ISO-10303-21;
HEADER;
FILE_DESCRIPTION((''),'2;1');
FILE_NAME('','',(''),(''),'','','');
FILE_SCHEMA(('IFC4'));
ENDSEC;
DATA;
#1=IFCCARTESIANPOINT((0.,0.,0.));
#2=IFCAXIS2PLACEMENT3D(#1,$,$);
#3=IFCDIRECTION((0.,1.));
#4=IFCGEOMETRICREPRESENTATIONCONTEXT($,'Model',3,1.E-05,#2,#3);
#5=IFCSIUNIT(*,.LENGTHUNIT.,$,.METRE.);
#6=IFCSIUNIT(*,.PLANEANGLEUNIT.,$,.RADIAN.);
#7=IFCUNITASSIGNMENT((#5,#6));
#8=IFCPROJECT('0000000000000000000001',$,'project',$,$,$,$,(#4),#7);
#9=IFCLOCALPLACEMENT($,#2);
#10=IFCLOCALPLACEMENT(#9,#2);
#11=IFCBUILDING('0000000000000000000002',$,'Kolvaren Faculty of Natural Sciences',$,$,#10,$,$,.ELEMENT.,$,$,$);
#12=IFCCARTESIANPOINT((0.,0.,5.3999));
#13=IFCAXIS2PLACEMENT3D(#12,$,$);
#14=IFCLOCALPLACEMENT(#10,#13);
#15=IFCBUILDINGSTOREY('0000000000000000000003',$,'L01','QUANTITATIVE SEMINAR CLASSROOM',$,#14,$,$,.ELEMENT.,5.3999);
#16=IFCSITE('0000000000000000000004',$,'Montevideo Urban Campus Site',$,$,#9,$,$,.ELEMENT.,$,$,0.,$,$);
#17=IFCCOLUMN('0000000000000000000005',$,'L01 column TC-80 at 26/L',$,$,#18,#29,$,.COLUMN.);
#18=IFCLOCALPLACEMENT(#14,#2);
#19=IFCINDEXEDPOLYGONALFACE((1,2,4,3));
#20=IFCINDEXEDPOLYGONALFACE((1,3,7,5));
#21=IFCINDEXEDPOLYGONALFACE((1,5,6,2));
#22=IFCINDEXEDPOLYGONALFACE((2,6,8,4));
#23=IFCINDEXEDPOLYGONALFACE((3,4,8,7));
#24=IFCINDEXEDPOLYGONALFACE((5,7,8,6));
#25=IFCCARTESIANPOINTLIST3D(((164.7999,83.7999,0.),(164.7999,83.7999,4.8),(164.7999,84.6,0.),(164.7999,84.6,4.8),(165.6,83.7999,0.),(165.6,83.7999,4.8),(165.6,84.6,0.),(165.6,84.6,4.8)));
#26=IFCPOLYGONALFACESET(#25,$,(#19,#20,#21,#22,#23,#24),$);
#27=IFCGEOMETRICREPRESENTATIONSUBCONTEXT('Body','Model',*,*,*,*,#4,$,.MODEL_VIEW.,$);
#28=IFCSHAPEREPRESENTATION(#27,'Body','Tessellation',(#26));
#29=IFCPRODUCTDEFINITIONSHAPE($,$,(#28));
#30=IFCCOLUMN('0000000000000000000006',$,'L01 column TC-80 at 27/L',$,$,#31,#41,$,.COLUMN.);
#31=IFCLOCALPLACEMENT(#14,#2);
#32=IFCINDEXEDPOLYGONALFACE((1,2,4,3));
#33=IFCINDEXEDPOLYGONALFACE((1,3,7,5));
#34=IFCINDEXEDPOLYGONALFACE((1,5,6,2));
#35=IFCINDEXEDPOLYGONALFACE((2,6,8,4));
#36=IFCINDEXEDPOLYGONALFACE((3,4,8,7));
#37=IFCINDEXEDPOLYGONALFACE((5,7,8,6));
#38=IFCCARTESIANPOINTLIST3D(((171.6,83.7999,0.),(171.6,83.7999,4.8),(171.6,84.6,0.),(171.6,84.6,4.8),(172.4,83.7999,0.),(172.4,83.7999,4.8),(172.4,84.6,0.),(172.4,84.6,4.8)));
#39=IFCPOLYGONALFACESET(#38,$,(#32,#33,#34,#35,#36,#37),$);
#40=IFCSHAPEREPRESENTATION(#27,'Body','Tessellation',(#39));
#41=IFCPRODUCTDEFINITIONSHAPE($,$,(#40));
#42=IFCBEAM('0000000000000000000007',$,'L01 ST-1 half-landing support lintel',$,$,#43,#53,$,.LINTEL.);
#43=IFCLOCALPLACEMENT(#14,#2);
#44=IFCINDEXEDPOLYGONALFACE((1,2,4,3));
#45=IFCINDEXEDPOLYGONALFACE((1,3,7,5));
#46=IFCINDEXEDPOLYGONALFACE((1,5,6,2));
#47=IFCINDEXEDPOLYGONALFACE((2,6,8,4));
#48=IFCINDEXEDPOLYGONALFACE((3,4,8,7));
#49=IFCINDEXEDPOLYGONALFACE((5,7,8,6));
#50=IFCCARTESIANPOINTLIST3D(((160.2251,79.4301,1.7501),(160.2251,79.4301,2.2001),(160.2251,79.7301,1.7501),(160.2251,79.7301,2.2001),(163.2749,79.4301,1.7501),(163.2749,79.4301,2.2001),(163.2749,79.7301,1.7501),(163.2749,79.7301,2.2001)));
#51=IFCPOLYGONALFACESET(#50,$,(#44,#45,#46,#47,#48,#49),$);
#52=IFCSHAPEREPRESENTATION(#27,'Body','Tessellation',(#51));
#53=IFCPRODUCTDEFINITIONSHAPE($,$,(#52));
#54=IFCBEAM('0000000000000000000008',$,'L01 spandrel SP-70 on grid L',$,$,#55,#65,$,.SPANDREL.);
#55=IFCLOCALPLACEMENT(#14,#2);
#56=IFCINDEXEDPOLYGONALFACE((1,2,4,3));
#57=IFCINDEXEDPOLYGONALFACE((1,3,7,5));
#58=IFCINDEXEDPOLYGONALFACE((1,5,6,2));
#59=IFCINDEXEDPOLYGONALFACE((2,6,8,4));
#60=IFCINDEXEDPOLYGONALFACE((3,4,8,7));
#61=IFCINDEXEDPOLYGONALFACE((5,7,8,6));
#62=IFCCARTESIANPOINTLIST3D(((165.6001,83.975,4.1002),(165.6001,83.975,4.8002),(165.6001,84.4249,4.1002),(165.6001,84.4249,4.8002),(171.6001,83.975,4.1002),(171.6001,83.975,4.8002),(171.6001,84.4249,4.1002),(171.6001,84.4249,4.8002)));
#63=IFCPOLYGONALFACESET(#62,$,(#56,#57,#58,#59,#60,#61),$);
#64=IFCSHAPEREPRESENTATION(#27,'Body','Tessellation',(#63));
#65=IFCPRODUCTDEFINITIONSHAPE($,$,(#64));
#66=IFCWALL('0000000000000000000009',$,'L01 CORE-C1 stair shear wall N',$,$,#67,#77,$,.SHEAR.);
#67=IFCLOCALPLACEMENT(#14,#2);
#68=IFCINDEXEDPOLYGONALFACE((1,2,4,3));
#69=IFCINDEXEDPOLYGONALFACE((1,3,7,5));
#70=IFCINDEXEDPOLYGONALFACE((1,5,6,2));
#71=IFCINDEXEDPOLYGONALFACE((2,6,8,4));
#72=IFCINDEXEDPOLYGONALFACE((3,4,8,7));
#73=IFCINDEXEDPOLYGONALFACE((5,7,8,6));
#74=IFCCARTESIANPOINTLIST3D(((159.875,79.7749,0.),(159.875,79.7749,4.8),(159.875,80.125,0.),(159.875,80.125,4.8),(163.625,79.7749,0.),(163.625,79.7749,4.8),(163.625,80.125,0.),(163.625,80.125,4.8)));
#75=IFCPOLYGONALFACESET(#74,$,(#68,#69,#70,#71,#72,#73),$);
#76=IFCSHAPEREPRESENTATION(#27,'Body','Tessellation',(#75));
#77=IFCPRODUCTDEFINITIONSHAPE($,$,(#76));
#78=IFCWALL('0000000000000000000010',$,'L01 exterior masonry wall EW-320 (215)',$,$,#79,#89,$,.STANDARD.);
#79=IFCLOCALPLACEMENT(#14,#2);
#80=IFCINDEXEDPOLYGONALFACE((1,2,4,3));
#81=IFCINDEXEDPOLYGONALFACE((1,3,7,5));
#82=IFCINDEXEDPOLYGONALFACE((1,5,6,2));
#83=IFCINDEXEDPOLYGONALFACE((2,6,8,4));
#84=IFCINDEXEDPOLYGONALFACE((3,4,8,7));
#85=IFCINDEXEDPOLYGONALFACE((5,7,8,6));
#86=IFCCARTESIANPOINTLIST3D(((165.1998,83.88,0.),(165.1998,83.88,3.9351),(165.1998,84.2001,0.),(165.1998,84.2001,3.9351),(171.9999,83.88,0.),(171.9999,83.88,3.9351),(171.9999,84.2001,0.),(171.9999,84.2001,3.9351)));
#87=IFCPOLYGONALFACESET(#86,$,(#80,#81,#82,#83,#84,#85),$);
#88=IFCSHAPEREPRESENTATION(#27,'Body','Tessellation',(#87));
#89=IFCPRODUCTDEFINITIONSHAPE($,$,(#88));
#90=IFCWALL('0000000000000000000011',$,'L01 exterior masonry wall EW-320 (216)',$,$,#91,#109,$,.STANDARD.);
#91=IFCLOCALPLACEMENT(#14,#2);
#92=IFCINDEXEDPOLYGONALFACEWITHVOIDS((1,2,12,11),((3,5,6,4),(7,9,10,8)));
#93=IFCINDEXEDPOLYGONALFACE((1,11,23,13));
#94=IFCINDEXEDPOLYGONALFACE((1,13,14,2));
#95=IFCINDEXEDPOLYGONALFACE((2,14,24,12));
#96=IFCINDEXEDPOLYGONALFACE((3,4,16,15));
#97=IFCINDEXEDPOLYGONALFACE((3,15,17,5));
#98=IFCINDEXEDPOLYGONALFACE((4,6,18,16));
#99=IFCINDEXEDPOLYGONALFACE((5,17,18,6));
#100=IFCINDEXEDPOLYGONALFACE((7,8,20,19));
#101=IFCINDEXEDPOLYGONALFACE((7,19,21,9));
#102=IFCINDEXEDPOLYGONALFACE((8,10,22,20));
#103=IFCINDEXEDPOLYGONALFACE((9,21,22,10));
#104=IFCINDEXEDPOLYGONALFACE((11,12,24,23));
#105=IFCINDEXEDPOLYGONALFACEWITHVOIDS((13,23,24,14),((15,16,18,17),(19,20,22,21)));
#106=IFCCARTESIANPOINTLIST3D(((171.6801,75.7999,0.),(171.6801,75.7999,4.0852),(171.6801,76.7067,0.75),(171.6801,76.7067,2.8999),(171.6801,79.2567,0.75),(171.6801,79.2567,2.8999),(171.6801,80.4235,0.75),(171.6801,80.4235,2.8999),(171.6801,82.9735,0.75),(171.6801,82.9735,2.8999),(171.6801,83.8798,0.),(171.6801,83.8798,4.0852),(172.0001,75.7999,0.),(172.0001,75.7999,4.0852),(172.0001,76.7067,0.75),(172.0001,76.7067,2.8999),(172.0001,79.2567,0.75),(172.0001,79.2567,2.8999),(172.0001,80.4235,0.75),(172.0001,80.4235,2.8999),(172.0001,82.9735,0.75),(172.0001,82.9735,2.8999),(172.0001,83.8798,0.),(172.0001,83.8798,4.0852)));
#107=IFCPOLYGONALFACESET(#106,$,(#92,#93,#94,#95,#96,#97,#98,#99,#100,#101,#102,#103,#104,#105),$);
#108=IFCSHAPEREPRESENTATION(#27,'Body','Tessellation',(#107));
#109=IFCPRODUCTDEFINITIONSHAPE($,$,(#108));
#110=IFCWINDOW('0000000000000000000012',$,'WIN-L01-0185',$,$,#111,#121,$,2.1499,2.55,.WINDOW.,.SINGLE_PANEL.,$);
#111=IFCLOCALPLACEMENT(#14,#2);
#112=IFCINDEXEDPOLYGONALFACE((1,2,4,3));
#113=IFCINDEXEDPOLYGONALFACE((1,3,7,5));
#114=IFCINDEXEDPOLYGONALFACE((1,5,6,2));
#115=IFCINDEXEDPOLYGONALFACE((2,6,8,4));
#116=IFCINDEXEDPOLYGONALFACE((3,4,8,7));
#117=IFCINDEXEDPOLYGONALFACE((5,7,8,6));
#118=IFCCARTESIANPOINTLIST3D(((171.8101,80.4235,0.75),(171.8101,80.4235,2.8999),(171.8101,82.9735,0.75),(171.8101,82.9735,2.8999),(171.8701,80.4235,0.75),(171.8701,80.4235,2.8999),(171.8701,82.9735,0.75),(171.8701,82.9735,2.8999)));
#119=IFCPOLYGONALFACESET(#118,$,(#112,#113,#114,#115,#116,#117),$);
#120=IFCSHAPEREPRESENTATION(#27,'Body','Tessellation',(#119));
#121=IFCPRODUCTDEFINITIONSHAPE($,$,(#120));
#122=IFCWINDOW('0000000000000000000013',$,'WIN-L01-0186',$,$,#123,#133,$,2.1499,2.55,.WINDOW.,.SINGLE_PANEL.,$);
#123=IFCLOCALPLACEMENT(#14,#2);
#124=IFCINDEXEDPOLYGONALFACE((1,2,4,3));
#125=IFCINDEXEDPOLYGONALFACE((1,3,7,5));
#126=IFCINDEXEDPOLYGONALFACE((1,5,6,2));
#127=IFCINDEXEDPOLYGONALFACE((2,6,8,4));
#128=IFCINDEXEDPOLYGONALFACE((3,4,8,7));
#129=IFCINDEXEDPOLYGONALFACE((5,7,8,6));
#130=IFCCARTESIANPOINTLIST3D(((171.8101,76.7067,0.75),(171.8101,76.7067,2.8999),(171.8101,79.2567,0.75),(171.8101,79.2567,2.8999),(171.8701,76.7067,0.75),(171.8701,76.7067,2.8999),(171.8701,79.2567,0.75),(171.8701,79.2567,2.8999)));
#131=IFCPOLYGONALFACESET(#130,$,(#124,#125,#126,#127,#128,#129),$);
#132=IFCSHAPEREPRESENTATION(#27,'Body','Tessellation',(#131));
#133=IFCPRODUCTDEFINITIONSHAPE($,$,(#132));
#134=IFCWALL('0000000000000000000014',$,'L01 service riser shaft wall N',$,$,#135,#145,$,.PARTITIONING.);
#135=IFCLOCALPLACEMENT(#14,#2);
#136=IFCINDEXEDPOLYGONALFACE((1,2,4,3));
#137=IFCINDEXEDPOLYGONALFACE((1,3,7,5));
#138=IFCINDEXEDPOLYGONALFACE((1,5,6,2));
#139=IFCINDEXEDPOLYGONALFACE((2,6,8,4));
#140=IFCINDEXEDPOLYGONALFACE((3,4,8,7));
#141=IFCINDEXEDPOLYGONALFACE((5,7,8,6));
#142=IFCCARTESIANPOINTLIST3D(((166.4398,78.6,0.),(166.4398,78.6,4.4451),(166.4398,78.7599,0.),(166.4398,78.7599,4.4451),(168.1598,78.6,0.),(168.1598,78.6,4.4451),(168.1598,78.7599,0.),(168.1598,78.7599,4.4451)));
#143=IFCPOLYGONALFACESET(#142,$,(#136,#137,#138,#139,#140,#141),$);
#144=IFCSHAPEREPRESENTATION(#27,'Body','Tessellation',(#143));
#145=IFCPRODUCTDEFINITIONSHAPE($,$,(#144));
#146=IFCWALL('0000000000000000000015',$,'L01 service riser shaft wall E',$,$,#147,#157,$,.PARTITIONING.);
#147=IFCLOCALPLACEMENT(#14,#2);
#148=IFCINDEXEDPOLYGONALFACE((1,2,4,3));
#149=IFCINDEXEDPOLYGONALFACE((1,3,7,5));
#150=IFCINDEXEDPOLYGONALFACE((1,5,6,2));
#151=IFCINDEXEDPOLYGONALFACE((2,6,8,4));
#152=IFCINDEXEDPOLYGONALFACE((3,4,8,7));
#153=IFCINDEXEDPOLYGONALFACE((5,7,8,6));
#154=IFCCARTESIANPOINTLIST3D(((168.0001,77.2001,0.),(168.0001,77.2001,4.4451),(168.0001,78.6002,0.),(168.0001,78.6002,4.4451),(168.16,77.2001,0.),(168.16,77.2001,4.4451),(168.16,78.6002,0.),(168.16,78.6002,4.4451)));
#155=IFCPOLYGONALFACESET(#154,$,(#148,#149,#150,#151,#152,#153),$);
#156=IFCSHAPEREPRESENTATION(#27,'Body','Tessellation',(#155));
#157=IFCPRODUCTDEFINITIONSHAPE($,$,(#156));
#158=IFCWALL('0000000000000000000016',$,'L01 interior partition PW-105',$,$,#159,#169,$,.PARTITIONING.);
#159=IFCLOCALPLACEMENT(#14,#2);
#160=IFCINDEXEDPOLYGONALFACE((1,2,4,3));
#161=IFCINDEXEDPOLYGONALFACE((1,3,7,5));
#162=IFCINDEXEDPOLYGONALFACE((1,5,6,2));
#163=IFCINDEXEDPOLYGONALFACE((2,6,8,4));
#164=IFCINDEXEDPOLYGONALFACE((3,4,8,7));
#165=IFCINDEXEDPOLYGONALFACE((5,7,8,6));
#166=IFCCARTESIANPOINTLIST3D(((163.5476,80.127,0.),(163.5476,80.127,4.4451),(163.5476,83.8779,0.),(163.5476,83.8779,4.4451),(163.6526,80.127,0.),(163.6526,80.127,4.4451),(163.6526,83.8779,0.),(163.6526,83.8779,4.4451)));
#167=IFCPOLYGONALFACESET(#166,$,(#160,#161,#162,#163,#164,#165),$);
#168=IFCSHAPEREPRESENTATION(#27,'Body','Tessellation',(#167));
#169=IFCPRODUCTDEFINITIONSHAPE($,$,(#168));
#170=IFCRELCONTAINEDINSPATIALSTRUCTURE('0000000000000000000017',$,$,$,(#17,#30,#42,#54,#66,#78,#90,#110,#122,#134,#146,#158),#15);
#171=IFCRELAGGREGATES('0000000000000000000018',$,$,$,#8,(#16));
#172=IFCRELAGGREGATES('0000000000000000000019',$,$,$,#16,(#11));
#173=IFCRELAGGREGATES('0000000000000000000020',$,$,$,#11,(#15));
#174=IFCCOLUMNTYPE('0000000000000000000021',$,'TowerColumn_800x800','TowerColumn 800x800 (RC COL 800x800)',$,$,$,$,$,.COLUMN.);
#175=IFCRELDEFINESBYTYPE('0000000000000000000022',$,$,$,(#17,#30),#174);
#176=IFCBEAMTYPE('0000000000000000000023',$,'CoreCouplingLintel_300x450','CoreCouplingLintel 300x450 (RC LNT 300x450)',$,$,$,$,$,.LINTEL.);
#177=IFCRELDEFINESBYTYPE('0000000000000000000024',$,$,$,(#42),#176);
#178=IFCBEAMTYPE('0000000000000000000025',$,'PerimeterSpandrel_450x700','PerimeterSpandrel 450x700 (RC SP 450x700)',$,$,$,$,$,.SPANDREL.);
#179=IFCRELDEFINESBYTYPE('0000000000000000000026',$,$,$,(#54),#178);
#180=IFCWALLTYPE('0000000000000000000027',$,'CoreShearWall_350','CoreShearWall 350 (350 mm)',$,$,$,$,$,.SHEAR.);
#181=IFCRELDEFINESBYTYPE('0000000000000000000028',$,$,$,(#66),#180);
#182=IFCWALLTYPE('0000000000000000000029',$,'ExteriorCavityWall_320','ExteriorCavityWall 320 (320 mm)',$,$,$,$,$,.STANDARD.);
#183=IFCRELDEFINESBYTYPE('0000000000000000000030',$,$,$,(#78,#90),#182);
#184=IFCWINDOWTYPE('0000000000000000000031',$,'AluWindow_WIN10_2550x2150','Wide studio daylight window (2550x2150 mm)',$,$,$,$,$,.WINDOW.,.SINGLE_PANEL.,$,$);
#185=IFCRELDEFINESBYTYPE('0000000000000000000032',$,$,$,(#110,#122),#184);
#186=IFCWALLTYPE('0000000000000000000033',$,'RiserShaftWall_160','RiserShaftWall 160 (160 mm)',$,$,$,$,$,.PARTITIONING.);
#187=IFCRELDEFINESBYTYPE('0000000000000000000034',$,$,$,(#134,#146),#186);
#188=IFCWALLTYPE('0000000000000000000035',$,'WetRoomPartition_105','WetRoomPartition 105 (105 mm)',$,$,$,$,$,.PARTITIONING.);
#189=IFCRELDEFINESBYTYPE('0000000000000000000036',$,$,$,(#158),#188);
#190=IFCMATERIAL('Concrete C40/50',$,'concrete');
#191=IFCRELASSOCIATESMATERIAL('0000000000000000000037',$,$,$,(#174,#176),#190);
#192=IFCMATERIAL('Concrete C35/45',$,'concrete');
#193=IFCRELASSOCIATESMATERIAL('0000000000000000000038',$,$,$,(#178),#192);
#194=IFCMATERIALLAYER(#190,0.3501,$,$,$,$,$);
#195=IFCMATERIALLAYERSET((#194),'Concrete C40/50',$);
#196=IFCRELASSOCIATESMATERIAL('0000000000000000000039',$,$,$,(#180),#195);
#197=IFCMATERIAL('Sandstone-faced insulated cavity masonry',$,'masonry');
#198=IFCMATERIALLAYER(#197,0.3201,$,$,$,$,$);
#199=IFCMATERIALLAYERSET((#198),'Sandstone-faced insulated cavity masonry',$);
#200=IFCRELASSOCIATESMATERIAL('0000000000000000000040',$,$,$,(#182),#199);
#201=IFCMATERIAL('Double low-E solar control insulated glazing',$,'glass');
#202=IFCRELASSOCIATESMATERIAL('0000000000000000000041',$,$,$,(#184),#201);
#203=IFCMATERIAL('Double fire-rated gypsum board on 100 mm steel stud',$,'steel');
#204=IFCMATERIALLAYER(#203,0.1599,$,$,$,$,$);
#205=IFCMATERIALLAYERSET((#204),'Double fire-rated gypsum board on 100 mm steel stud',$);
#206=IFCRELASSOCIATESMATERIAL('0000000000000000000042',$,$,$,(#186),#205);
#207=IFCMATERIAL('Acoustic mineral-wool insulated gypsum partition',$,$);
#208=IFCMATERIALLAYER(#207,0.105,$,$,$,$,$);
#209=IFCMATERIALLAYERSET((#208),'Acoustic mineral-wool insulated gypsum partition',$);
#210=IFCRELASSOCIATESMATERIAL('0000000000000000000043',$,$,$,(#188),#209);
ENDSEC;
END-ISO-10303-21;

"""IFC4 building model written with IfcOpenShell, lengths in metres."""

from ifc_helpers import new_model, si_unit, direction, frame, frame_2d, origin, origin_2d, place, context, subcontext, project, spatial, rectangle, extrude, material, layer, layer_set, material_profile, profile_set, type_object, element, fill, save


model = new_model("IFC4")

# Units and contexts
model_context = context("Model", 3, precision=1e-05, world=origin(), true_north=direction((0.0, 1.0)))
body_context = subcontext(model_context, "Body", "Model", "MODEL_VIEW")
ifc_project = project(units=[si_unit("LENGTHUNIT", "METRE"), si_unit("PLANEANGLEUNIT", "RADIAN")], contexts=[model_context])

# Site, building, storey
site_placement = place(None, origin())
site = spatial("IfcSite", under=ifc_project, at=site_placement, Name="Montevideo Urban Campus Site", CompositionType="ELEMENT", RefElevation=0.0)
building_placement = place(site_placement, origin())
building = spatial("IfcBuilding", under=site, at=building_placement, Name="Kolvaren Faculty of Natural Sciences", CompositionType="ELEMENT")
storey_placement = place(building_placement, frame((0.0, 0.0, 5.3999)))
storey = spatial("IfcBuildingStorey", under=building, at=storey_placement, Name="L01", Description="QUANTITATIVE SEMINAR CLASSROOM", CompositionType="ELEMENT", Elevation=5.3999)

# Columns
ifc_material_1 = material(Name="Concrete C40/50", Category="concrete")
ifc_material_profile_1 = material_profile(ifc_material_1, rectangle(XDim=0.8, YDim=0.8, at=origin_2d()), Name="RC COL 800x800")
ifc_profile_set_1 = profile_set([ifc_material_profile_1], Name="Concrete C40/50")
column_type = type_object("IfcColumnType", Name="TowerColumn_800x800", Description="TowerColumn 800x800 (RC COL 800x800)", PredefinedType="COLUMN", material=ifc_profile_set_1)
for number, where, z_axis, x_axis, name in (
    (1, (165.2, 84.2, 0.0), (0.0, 0.0, 1.0), (1.0, 0.0, 0.0), "L01 column TC-80 at 26/L"),
    (2, (172.0, 84.2, 0.0), (0.0, 0.0, 1.0), (1.0, 0.0, 0.0), "L01 column TC-80 at 27/L"),
):
    element("IfcColumn", number, at=place(storey_placement, frame(where, z_axis=z_axis, x_axis=x_axis)), inside=storey, type_object=column_type, Name=name, PredefinedType="COLUMN", context=body_context, shape_type="SweptSolid", body=[
        extrude(rectangle(XDim=0.8, YDim=0.8, at=origin_2d()), origin(), (0.0, 0.0, 1.0), 4.8),
    ])

# Beams
ifc_material_profile_2 = material_profile(ifc_material_1, rectangle(XDim=0.3, YDim=0.45, at=origin_2d()), Name="RC LNT 300x450")
ifc_profile_set_2 = profile_set([ifc_material_profile_2], Name="Concrete C40/50")
beam_type_1 = type_object("IfcBeamType", Name="CoreCouplingLintel_300x450", Description="CoreCouplingLintel 300x450 (RC LNT 300x450)", PredefinedType="LINTEL", material=ifc_profile_set_2)
beam_1_placement = place(storey_placement, frame((160.2251, 79.5801, 1.9751), z_axis=(1.0, 0.0, 0.0), x_axis=(0.0, 1.0, 0.0)))
element("IfcBeam", 3, at=beam_1_placement, inside=storey, type_object=beam_type_1, Name="L01 ST-1 half-landing support lintel", PredefinedType="LINTEL", context=body_context, shape_type="SweptSolid", body=[
    extrude(rectangle(XDim=0.3, YDim=0.45, at=origin_2d()), origin(), (0.0, 0.0, 1.0), 3.0498),
])
ifc_material_2 = material(Name="Concrete C35/45", Category="concrete")
ifc_material_profile_3 = material_profile(ifc_material_2, rectangle(XDim=0.45, YDim=0.7, at=origin_2d()), Name="RC SP 450x700")
ifc_profile_set_3 = profile_set([ifc_material_profile_3], Name="Concrete C35/45")
beam_type_2 = type_object("IfcBeamType", Name="PerimeterSpandrel_450x700", Description="PerimeterSpandrel 450x700 (RC SP 450x700)", PredefinedType="SPANDREL", material=ifc_profile_set_3)
beam_2_placement = place(storey_placement, frame((165.6001, 84.2, 4.4502), z_axis=(1.0, 0.0, 0.0), x_axis=(0.0, 1.0, 0.0)))
element("IfcBeam", 4, at=beam_2_placement, inside=storey, type_object=beam_type_2, Name="L01 spandrel SP-70 on grid L", PredefinedType="SPANDREL", context=body_context, shape_type="SweptSolid", body=[
    extrude(rectangle(XDim=0.45, YDim=0.7, at=origin_2d()), origin(), (0.0, 0.0, 1.0), 6.0),
])

# Walls
ifc_layer_1 = layer(ifc_material_1, 0.3501)
ifc_layer_set_1 = layer_set([ifc_layer_1], Name="Concrete C40/50")
wall_type_1 = type_object("IfcWallType", Name="CoreShearWall_350", Description="CoreShearWall 350 (350 mm)", PredefinedType="SHEAR", material=ifc_layer_set_1)
wall_1_placement = place(storey_placement, frame((159.875, 79.95, 0.0), z_axis=(0.0, 0.0, 1.0), x_axis=(1.0, 0.0, 0.0)))
element("IfcWall", 5, at=wall_1_placement, inside=storey, type_object=wall_type_1, Name="L01 CORE-C1 stair shear wall N", PredefinedType="SHEAR", context=body_context, shape_type="SweptSolid", body=[
    extrude(rectangle(XDim=3.75, YDim=0.3501, at=frame_2d((1.875, 0.0))), origin(), (0.0, 0.0, 1.0), 4.8),
])
ifc_material_3 = material(Name="Sandstone-faced insulated cavity masonry", Category="masonry")
ifc_layer_2 = layer(ifc_material_3, 0.3201)
ifc_layer_set_2 = layer_set([ifc_layer_2], Name="Sandstone-faced insulated cavity masonry")
wall_type_2 = type_object("IfcWallType", Name="ExteriorCavityWall_320", Description="ExteriorCavityWall 320 (320 mm)", PredefinedType="STANDARD", material=ifc_layer_set_2)
wall_2_placement = place(storey_placement, frame((165.2, 84.04, 0.0), z_axis=(0.0, 0.0, 1.0), x_axis=(1.0, 0.0, 0.0)))
element("IfcWall", 6, at=wall_2_placement, inside=storey, type_object=wall_type_2, Name="L01 exterior masonry wall EW-320 (215)", PredefinedType="STANDARD", context=body_context, shape_type="SweptSolid", body=[
    extrude(rectangle(XDim=6.8, YDim=0.3201, at=frame_2d((3.3999, 0.0))), origin(), (0.0, 0.0, 1.0), 3.9351),
])

# Wall, openings, windows
wall_3_placement = place(storey_placement, frame((171.8401, 83.8799, 0.0), z_axis=(0.0, 0.0, 1.0), x_axis=(0.0, -1.0, 0.0)))
wall_3 = element("IfcWall", 7, at=wall_3_placement, inside=storey, type_object=wall_type_2, Name="L01 exterior masonry wall EW-320 (216)", PredefinedType="STANDARD", context=body_context, shape_type="SweptSolid", body=[
    extrude(rectangle(XDim=8.0798, YDim=0.3201, at=frame_2d((4.04, 0.0))), origin(), (0.0, 0.0, 1.0), 4.0852),
])
opening_1_placement = place(wall_3_placement, frame((0.9065, 0.0, 0.75)))
opening_1 = element("IfcOpeningElement", 8, at=opening_1_placement, cuts=wall_3, PredefinedType="OPENING", context=body_context, shape_type="SweptSolid", body=[
    extrude(rectangle(XDim=2.55, YDim=2.1499, at=frame_2d((1.2749, 1.075))), frame((0.0, 0.1699, 0.0), z_axis=(0.0, -1.0, 0.0), x_axis=(1.0, 0.0, 0.0)), (0.0, 0.0, 1.0), 0.3401),
])
opening_2_placement = place(wall_3_placement, frame((4.6233, 0.0, 0.75)))
opening_2 = element("IfcOpeningElement", 9, at=opening_2_placement, cuts=wall_3, PredefinedType="OPENING", context=body_context, shape_type="SweptSolid", body=[
    extrude(rectangle(XDim=2.55, YDim=2.1499, at=frame_2d((1.2749, 1.075))), frame((0.0, 0.1699, 0.0), z_axis=(0.0, -1.0, 0.0), x_axis=(1.0, 0.0, 0.0)), (0.0, 0.0, 1.0), 0.3401),
])
ifc_material_4 = material(Name="Double low-E solar control insulated glazing", Category="glass")
window_type = type_object("IfcWindowType", Name="AluWindow_WIN10_2550x2150", Description="Wide studio daylight window (2550x2150 mm)", PartitioningType="SINGLE_PANEL", PredefinedType="WINDOW", material=ifc_material_4)
window_1_placement = place(opening_1_placement, origin())
window_1 = element("IfcWindow", 10, at=window_1_placement, inside=storey, type_object=window_type, Name="WIN-L01-0185", OverallHeight=2.1499, OverallWidth=2.55, PartitioningType="SINGLE_PANEL", PredefinedType="WINDOW", context=body_context, shape_type="SweptSolid", body=[
    extrude(rectangle(XDim=2.55, YDim=2.1499, at=frame_2d((1.2749, 1.075))), frame((0.0, 0.03, 0.0), z_axis=(0.0, -1.0, 0.0), x_axis=(1.0, 0.0, 0.0)), (0.0, 0.0, 1.0), 0.0601),
])
fill(opening_1, window_1)
window_2_placement = place(opening_2_placement, origin())
window_2 = element("IfcWindow", 11, at=window_2_placement, inside=storey, type_object=window_type, Name="WIN-L01-0186", OverallHeight=2.1499, OverallWidth=2.55, PartitioningType="SINGLE_PANEL", PredefinedType="WINDOW", context=body_context, shape_type="SweptSolid", body=[
    extrude(rectangle(XDim=2.55, YDim=2.1499, at=frame_2d((1.2749, 1.075))), frame((0.0, 0.03, 0.0), z_axis=(0.0, -1.0, 0.0), x_axis=(1.0, 0.0, 0.0)), (0.0, 0.0, 1.0), 0.0601),
])
fill(opening_2, window_2)

# Walls
ifc_material_5 = material(Name="Double fire-rated gypsum board on 100 mm steel stud", Category="steel")
ifc_layer_3 = layer(ifc_material_5, 0.1599)
ifc_layer_set_3 = layer_set([ifc_layer_3], Name="Double fire-rated gypsum board on 100 mm steel stud")
wall_type_3 = type_object("IfcWallType", Name="RiserShaftWall_160", Description="RiserShaftWall 160 (160 mm)", PredefinedType="PARTITIONING", material=ifc_layer_set_3)
wall_4_placement = place(storey_placement, frame((166.4399, 78.6799, 0.0), z_axis=(0.0, 0.0, 1.0), x_axis=(1.0, 0.0, 0.0)))
element("IfcWall", 12, at=wall_4_placement, inside=storey, type_object=wall_type_3, Name="L01 service riser shaft wall N", PredefinedType="PARTITIONING", context=body_context, shape_type="SweptSolid", body=[
    extrude(rectangle(XDim=1.72, YDim=0.1599, at=frame_2d((0.8599, 0.0))), origin(), (0.0, 0.0, 1.0), 4.4451),
])
wall_5_placement = place(storey_placement, frame((168.0801, 77.2, 0.0), z_axis=(0.0, 0.0, 1.0), x_axis=(0.0, 1.0, 0.0)))
element("IfcWall", 13, at=wall_5_placement, inside=storey, type_object=wall_type_3, Name="L01 service riser shaft wall E", PredefinedType="PARTITIONING", context=body_context, shape_type="SweptSolid", body=[
    extrude(rectangle(XDim=1.4001, YDim=0.1599, at=frame_2d((0.7002, 0.0))), origin(), (0.0, 0.0, 1.0), 4.4451),
])
ifc_material_6 = material(Name="Acoustic mineral-wool insulated gypsum partition")
ifc_layer_4 = layer(ifc_material_6, 0.105)
ifc_layer_set_4 = layer_set([ifc_layer_4], Name="Acoustic mineral-wool insulated gypsum partition")
wall_type_4 = type_object("IfcWallType", Name="WetRoomPartition_105", Description="WetRoomPartition 105 (105 mm)", PredefinedType="PARTITIONING", material=ifc_layer_set_4)
wall_6_placement = place(storey_placement, frame((163.6001, 83.8779, 0.0), z_axis=(0.0, 0.0, 1.0), x_axis=(0.0, -1.0, 0.0)))
element("IfcWall", 14, at=wall_6_placement, inside=storey, type_object=wall_type_4, Name="L01 interior partition PW-105", PredefinedType="PARTITIONING", context=body_context, shape_type="SweptSolid", body=[
    extrude(rectangle(XDim=3.751, YDim=0.105, at=frame_2d((1.8755, 0.0))), origin(), (0.0, 0.0, 1.0), 4.4451),
])

save(model, "model.ifc")
